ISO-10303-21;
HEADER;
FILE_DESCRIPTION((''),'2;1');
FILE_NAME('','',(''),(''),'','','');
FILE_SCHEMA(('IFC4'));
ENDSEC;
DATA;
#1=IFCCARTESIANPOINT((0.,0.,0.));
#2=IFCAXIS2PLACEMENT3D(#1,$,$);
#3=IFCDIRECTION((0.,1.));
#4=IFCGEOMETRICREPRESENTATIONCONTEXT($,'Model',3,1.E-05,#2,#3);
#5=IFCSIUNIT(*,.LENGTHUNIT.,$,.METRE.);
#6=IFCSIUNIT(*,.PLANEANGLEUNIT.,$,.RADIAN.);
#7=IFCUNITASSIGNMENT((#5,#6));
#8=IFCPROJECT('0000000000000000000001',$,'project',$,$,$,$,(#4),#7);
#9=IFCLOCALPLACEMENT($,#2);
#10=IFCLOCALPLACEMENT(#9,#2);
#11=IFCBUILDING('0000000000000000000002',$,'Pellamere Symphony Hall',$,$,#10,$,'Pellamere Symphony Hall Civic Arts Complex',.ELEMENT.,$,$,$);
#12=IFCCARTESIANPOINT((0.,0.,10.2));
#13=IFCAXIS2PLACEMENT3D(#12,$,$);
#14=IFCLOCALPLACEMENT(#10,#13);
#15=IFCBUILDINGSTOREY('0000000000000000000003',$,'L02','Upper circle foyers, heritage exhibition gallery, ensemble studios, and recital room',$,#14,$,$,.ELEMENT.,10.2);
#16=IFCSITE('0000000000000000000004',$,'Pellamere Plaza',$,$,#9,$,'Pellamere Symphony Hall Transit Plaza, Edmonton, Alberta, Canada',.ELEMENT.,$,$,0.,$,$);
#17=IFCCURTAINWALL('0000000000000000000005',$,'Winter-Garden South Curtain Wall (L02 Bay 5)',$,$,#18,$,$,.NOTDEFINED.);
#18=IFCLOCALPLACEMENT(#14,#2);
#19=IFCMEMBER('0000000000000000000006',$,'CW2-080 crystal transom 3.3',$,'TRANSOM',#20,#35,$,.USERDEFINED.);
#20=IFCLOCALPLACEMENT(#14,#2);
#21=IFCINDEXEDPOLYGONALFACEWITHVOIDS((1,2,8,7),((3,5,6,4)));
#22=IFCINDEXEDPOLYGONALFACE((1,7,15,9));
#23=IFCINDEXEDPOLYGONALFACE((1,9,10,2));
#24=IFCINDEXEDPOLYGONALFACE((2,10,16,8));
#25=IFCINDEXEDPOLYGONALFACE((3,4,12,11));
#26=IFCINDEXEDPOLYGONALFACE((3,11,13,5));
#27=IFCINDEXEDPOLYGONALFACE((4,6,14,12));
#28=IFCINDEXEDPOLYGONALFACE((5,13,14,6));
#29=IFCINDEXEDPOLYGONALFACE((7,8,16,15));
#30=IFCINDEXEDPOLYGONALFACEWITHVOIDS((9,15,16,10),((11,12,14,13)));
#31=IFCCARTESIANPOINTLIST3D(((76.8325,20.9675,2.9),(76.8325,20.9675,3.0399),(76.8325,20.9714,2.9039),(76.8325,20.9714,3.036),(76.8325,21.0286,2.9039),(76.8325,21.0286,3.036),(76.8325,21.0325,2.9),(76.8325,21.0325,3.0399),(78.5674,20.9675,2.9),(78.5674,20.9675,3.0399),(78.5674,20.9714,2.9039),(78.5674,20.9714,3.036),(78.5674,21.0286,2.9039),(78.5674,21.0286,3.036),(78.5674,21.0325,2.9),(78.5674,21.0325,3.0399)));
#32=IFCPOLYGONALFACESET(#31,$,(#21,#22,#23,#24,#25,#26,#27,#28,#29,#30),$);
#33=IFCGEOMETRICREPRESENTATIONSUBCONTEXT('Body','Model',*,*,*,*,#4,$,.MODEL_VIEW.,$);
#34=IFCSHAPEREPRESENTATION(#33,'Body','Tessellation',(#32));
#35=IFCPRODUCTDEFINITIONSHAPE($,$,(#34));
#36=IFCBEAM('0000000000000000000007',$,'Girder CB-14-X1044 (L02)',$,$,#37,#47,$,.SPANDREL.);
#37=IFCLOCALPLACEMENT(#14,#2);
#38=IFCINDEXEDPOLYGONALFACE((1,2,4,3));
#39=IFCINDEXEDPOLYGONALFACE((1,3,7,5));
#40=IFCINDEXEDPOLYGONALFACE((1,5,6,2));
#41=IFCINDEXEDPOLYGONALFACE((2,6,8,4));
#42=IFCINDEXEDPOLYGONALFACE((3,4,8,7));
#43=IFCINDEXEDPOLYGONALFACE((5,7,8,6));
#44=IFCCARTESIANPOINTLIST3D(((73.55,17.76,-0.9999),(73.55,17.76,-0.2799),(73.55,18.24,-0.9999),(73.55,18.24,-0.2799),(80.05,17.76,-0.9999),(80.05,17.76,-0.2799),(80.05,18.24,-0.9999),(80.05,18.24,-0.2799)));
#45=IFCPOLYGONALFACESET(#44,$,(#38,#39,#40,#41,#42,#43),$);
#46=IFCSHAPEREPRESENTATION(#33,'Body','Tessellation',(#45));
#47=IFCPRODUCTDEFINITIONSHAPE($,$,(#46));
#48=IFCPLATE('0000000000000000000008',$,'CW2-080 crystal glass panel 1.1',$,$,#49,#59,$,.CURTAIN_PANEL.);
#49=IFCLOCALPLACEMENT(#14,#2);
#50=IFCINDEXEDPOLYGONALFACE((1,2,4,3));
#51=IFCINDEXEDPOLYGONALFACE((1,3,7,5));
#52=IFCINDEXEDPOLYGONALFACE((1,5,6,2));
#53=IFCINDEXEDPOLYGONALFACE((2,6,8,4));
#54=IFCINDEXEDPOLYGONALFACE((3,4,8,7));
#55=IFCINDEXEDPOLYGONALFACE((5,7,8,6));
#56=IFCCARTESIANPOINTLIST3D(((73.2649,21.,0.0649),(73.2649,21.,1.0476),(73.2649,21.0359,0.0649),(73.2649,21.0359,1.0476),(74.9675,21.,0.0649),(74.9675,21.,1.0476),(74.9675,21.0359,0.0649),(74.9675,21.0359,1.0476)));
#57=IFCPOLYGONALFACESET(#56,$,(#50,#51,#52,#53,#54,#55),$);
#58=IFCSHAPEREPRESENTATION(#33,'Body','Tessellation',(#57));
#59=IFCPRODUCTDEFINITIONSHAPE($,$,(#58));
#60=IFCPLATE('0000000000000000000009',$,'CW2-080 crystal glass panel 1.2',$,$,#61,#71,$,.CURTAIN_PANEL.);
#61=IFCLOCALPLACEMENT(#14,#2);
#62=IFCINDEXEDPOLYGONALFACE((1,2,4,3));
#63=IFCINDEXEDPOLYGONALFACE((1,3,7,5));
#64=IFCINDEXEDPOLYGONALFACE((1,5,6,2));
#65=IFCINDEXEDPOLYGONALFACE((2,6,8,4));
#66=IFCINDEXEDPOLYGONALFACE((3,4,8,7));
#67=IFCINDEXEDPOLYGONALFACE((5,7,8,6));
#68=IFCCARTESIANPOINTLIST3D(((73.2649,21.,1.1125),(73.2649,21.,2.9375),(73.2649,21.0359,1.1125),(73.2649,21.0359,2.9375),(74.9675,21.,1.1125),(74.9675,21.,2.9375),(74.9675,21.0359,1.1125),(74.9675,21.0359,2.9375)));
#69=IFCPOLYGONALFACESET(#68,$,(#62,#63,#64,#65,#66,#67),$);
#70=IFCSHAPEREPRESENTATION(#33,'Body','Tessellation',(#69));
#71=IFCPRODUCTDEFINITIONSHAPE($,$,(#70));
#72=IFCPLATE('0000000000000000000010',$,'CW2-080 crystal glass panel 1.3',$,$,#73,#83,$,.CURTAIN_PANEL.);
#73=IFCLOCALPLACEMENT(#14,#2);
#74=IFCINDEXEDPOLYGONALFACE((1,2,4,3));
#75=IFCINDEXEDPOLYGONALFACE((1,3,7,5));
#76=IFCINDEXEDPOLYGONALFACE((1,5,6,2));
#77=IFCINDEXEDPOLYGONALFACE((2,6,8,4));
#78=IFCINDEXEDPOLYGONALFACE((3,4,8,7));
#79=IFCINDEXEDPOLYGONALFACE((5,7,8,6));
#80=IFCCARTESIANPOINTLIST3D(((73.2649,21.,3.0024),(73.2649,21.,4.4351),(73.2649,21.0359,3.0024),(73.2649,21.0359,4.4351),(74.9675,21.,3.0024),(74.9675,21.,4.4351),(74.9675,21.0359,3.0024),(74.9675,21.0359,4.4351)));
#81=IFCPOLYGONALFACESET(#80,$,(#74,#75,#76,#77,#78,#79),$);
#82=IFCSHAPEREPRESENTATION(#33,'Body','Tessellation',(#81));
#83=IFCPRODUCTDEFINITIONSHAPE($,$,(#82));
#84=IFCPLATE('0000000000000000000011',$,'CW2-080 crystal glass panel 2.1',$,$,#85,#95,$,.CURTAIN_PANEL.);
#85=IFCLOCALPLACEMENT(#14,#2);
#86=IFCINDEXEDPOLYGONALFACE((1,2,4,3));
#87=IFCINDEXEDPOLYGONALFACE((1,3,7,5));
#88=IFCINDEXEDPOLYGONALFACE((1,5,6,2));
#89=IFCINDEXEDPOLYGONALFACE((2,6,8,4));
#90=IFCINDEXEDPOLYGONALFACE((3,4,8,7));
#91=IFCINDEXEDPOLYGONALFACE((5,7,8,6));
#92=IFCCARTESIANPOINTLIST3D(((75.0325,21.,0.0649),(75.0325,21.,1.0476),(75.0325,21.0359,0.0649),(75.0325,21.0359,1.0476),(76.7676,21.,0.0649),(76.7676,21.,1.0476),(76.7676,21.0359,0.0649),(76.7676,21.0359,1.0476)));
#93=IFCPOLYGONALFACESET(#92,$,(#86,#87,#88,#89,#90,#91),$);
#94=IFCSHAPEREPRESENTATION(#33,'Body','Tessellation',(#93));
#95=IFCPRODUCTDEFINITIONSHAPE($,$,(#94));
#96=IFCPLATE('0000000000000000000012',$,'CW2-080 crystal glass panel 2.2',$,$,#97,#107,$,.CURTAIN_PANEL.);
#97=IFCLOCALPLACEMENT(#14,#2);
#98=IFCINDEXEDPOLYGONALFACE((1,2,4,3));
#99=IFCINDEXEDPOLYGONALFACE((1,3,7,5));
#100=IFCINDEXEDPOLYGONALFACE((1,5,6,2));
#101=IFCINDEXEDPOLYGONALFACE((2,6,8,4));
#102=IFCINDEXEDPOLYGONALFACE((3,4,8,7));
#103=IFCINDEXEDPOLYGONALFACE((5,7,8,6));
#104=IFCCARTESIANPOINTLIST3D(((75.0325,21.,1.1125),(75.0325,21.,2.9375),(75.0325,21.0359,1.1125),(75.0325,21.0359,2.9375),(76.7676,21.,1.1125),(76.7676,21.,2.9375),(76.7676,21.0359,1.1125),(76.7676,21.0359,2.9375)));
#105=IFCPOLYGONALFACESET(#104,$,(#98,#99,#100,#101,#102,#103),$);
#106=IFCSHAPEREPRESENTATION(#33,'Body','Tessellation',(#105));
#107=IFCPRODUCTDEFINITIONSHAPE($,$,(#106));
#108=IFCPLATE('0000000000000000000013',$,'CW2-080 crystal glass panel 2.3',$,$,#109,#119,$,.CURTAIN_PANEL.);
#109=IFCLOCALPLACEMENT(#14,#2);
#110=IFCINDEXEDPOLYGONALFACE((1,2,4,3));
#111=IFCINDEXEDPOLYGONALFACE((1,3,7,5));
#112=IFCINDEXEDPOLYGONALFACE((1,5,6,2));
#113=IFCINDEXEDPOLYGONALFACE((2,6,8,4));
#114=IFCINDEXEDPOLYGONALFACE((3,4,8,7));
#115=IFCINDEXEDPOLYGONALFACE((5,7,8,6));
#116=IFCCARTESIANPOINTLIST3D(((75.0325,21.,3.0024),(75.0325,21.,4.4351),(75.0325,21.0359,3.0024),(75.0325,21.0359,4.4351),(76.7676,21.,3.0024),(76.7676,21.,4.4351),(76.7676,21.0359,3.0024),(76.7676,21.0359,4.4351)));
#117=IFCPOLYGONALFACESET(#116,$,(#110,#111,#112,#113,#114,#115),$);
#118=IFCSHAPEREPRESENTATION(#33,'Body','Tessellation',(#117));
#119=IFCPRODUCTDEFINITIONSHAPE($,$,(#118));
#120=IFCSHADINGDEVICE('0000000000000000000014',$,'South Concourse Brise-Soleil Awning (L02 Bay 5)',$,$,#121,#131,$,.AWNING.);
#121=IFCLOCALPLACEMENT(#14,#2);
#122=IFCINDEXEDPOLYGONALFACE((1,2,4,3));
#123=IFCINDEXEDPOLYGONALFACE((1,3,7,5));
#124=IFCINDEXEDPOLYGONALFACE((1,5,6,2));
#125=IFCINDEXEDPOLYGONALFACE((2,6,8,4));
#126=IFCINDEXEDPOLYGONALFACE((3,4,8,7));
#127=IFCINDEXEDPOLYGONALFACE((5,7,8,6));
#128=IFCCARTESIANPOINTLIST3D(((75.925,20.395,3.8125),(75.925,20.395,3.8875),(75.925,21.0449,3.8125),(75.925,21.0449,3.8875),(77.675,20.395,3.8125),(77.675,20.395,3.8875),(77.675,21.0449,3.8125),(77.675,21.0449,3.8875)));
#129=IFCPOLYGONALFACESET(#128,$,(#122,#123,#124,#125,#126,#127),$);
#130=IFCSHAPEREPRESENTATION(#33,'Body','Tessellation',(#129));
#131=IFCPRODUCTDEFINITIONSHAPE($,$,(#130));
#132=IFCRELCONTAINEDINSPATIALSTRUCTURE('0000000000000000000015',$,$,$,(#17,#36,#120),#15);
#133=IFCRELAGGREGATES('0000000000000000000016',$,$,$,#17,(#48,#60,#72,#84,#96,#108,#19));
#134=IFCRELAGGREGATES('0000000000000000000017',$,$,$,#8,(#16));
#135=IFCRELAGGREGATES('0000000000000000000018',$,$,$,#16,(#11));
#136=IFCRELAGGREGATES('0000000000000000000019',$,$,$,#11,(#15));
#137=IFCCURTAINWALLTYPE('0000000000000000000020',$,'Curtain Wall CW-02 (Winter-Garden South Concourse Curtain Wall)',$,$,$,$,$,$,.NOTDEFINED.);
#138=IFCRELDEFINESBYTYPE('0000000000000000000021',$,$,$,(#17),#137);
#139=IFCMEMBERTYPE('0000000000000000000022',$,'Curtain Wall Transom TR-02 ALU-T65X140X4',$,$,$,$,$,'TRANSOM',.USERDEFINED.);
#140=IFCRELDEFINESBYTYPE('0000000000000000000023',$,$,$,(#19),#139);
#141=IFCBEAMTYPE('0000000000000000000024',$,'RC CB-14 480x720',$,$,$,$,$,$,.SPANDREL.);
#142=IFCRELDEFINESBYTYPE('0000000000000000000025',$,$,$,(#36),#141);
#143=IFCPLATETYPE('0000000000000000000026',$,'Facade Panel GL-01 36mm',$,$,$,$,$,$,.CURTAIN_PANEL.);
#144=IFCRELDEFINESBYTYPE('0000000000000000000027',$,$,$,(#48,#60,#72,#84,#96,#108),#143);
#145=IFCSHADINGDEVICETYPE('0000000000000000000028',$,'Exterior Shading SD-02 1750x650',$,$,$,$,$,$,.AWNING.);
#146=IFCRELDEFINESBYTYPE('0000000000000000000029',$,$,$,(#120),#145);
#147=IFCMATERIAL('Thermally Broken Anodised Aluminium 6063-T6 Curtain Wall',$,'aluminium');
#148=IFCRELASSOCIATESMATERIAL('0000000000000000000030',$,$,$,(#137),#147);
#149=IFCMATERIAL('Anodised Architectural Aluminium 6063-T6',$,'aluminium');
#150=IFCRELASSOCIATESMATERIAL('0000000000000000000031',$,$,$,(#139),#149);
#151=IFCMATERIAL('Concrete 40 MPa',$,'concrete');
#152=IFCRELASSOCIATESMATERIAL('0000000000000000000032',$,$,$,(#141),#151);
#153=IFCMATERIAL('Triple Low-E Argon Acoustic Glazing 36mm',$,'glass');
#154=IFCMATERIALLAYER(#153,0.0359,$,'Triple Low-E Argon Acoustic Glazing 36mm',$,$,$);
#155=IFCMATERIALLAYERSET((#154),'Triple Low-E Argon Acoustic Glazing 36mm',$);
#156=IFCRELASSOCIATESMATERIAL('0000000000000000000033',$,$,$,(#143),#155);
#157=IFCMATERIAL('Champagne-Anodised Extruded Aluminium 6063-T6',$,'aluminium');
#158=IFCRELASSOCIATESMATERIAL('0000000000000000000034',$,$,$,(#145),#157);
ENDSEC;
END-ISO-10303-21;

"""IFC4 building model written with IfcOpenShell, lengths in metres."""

from ifc_helpers import new_model, si_unit, direction, frame, origin, origin_2d, place, context, subcontext, project, spatial, polyline, rectangle, hollow_rectangle, outline, extrude, material, layer, layer_set, material_profile, profile_set, type_object, element, aggregate, save


model = new_model("IFC4")

# Units and contexts
model_context = context("Model", 3, precision=1e-05, world=origin(), true_north=direction((0.0, 1.0)))
body_context = subcontext(model_context, "Body", "Model", "MODEL_VIEW")
ifc_project = project(units=[si_unit("LENGTHUNIT", "METRE"), si_unit("PLANEANGLEUNIT", "RADIAN")], contexts=[model_context])

# Site, building, storey
site_placement = place(None, origin())
site = spatial("IfcSite", under=ifc_project, at=site_placement, Name="Pellamere Plaza", LongName="Pellamere Symphony Hall Transit Plaza, Edmonton, Alberta, Canada", CompositionType="ELEMENT", RefElevation=0.0)
building_placement = place(site_placement, origin())
building = spatial("IfcBuilding", under=site, at=building_placement, Name="Pellamere Symphony Hall", LongName="Pellamere Symphony Hall Civic Arts Complex", CompositionType="ELEMENT")
storey_placement = place(building_placement, frame((0.0, 0.0, 10.2)))
storey = spatial("IfcBuildingStorey", under=building, at=storey_placement, Name="L02", Description="Upper circle foyers, heritage exhibition gallery, ensemble studios, and recital room", CompositionType="ELEMENT", Elevation=10.2)

# Curtain wall, member
ifc_material_1 = material(Name="Thermally Broken Anodised Aluminium 6063-T6 Curtain Wall", Category="aluminium")
curtain_wall_type = type_object("IfcCurtainWallType", Name="Curtain Wall CW-02 (Winter-Garden South Concourse Curtain Wall)", PredefinedType="NOTDEFINED", material=ifc_material_1)
curtain_wall_placement = place(storey_placement, origin())
curtain_wall = element("IfcCurtainWall", 1, at=curtain_wall_placement, inside=storey, type_object=curtain_wall_type, Name="Winter-Garden South Curtain Wall (L02 Bay 5)", PredefinedType="NOTDEFINED")
ifc_material_2 = material(Name="Anodised Architectural Aluminium 6063-T6", Category="aluminium")
ifc_material_profile_1 = material_profile(ifc_material_2, hollow_rectangle(XDim=0.0649, YDim=0.1399, WallThickness=0.0039, at=origin_2d()), Name="ALU-T65X140X4")
ifc_profile_set_1 = profile_set([ifc_material_profile_1], Name="Anodised Architectural Aluminium 6063-T6")
member_type_1 = type_object("IfcMemberType", Name="Curtain Wall Transom TR-02 ALU-T65X140X4", ElementType="TRANSOM", PredefinedType="USERDEFINED", material=ifc_profile_set_1)
member_1_placement = place(storey_placement, frame((76.8325, 21.0, 2.97), z_axis=(1.0, 0.0, 0.0), x_axis=(0.0, 1.0, 0.0)))
member_1 = element("IfcMember", 2, at=member_1_placement, type_object=member_type_1, Name="CW2-080 crystal transom 3.3", ObjectType="TRANSOM", PredefinedType="USERDEFINED", context=body_context, shape_type="SweptSolid", body=[
    extrude(hollow_rectangle(XDim=0.0649, YDim=0.1399, WallThickness=0.0039, at=origin_2d()), origin(), (0.0, 0.0, 1.0), 1.7349),
])

# Beam
ifc_material_3 = material(Name="Concrete 40 MPa", Category="concrete")
ifc_material_profile_2 = material_profile(ifc_material_3, rectangle(XDim=0.48, YDim=0.72, at=origin_2d()), Name="RC 480x720")
ifc_profile_set_2 = profile_set([ifc_material_profile_2], Name="Concrete 40 MPa")
beam_type = type_object("IfcBeamType", Name="RC CB-14 480x720", PredefinedType="SPANDREL", material=ifc_profile_set_2)
beam_placement = place(storey_placement, frame((73.55, 18.0, -0.6399), z_axis=(1.0, 0.0, 0.0), x_axis=(0.0, 1.0, 0.0)))
element("IfcBeam", 3, at=beam_placement, inside=storey, type_object=beam_type, Name="Girder CB-14-X1044 (L02)", PredefinedType="SPANDREL", context=body_context, shape_type="SweptSolid", body=[
    extrude(rectangle(XDim=0.48, YDim=0.72, at=origin_2d()), origin(), (0.0, 0.0, 1.0), 6.5),
])

# Plates
ifc_material_4 = material(Name="Triple Low-E Argon Acoustic Glazing 36mm", Category="glass")
ifc_layer = layer(ifc_material_4, 0.0359, Name="Triple Low-E Argon Acoustic Glazing 36mm")
ifc_layer_set = layer_set([ifc_layer], Name="Triple Low-E Argon Acoustic Glazing 36mm")
plate_type = type_object("IfcPlateType", Name="Facade Panel GL-01 36mm", PredefinedType="CURTAIN_PANEL", material=ifc_layer_set)
plate_1_placement = place(storey_placement, frame((73.2649, 21.0, 0.0649), z_axis=(0.0, -1.0, 0.0), x_axis=(1.0, 0.0, 0.0)))
plate_1 = element("IfcPlate", 4, at=plate_1_placement, type_object=plate_type, Name="CW2-080 crystal glass panel 1.1", PredefinedType="CURTAIN_PANEL", context=body_context, shape_type="SweptSolid", body=[
    extrude(outline(polyline([(0.0, 0.0), (1.7026, 0.0), (1.7026, 0.9827), (0.0, 0.9827), (0.0, 0.0)])), origin(), (0.0, 0.0, -1.0), 0.0359),
])
plate_2_placement = place(storey_placement, frame((73.2649, 21.0, 1.1125), z_axis=(0.0, -1.0, 0.0), x_axis=(1.0, 0.0, 0.0)))
plate_2 = element("IfcPlate", 5, at=plate_2_placement, type_object=plate_type, Name="CW2-080 crystal glass panel 1.2", PredefinedType="CURTAIN_PANEL", context=body_context, shape_type="SweptSolid", body=[
    extrude(outline(polyline([(0.0, 0.0), (1.7026, 0.0), (1.7026, 1.825), (0.0, 1.825), (0.0, 0.0)])), origin(), (0.0, 0.0, -1.0), 0.0359),
])
plate_3_placement = place(storey_placement, frame((73.2649, 21.0, 3.0024), z_axis=(0.0, -1.0, 0.0), x_axis=(1.0, 0.0, 0.0)))
plate_3 = element("IfcPlate", 6, at=plate_3_placement, type_object=plate_type, Name="CW2-080 crystal glass panel 1.3", PredefinedType="CURTAIN_PANEL", context=body_context, shape_type="SweptSolid", body=[
    extrude(outline(polyline([(0.0, 0.0), (1.7026, 0.0), (1.7026, 1.4326), (0.0, 1.4326), (0.0, 0.0)])), origin(), (0.0, 0.0, -1.0), 0.0359),
])
plate_4_placement = place(storey_placement, frame((75.0325, 21.0, 0.0649), z_axis=(0.0, -1.0, 0.0), x_axis=(1.0, 0.0, 0.0)))
plate_4 = element("IfcPlate", 7, at=plate_4_placement, type_object=plate_type, Name="CW2-080 crystal glass panel 2.1", PredefinedType="CURTAIN_PANEL", context=body_context, shape_type="SweptSolid", body=[
    extrude(outline(polyline([(0.0, 0.0), (1.7351, 0.0), (1.7351, 0.9827), (0.0, 0.9827), (0.0, 0.0)])), origin(), (0.0, 0.0, -1.0), 0.0359),
])
plate_5_placement = place(storey_placement, frame((75.0325, 21.0, 1.1125), z_axis=(0.0, -1.0, 0.0), x_axis=(1.0, 0.0, 0.0)))
plate_5 = element("IfcPlate", 8, at=plate_5_placement, type_object=plate_type, Name="CW2-080 crystal glass panel 2.2", PredefinedType="CURTAIN_PANEL", context=body_context, shape_type="SweptSolid", body=[
    extrude(outline(polyline([(0.0, 0.0), (1.7351, 0.0), (1.7351, 1.825), (0.0, 1.825), (0.0, 0.0)])), origin(), (0.0, 0.0, -1.0), 0.0359),
])
plate_6_placement = place(storey_placement, frame((75.0325, 21.0, 3.0024), z_axis=(0.0, -1.0, 0.0), x_axis=(1.0, 0.0, 0.0)))
plate_6 = element("IfcPlate", 9, at=plate_6_placement, type_object=plate_type, Name="CW2-080 crystal glass panel 2.3", PredefinedType="CURTAIN_PANEL", context=body_context, shape_type="SweptSolid", body=[
    extrude(outline(polyline([(0.0, 0.0), (1.7351, 0.0), (1.7351, 1.4326), (0.0, 1.4326), (0.0, 0.0)])), origin(), (0.0, 0.0, -1.0), 0.0359),
])
aggregate(curtain_wall, [plate_1, plate_2, plate_3, plate_4, plate_5, plate_6, member_1])

# Shading device
ifc_material_5 = material(Name="Champagne-Anodised Extruded Aluminium 6063-T6", Category="aluminium")
shading_device_type = type_object("IfcShadingDeviceType", Name="Exterior Shading SD-02 1750x650", PredefinedType="AWNING", material=ifc_material_5)
shading_device_placement = place(storey_placement, frame((76.8, 20.72, 3.8125), z_axis=(0.0, 0.0, 1.0), x_axis=(1.0, 0.0, 0.0)))
element("IfcShadingDevice", 10, at=shading_device_placement, inside=storey, type_object=shading_device_type, Name="South Concourse Brise-Soleil Awning (L02 Bay 5)", PredefinedType="AWNING", context=body_context, shape_type="SweptSolid", body=[
    extrude(rectangle(XDim=1.75, YDim=0.6499, at=origin_2d()), origin(), (0.0, 0.0, 1.0), 0.075),
])

save(model, "model.ifc")
